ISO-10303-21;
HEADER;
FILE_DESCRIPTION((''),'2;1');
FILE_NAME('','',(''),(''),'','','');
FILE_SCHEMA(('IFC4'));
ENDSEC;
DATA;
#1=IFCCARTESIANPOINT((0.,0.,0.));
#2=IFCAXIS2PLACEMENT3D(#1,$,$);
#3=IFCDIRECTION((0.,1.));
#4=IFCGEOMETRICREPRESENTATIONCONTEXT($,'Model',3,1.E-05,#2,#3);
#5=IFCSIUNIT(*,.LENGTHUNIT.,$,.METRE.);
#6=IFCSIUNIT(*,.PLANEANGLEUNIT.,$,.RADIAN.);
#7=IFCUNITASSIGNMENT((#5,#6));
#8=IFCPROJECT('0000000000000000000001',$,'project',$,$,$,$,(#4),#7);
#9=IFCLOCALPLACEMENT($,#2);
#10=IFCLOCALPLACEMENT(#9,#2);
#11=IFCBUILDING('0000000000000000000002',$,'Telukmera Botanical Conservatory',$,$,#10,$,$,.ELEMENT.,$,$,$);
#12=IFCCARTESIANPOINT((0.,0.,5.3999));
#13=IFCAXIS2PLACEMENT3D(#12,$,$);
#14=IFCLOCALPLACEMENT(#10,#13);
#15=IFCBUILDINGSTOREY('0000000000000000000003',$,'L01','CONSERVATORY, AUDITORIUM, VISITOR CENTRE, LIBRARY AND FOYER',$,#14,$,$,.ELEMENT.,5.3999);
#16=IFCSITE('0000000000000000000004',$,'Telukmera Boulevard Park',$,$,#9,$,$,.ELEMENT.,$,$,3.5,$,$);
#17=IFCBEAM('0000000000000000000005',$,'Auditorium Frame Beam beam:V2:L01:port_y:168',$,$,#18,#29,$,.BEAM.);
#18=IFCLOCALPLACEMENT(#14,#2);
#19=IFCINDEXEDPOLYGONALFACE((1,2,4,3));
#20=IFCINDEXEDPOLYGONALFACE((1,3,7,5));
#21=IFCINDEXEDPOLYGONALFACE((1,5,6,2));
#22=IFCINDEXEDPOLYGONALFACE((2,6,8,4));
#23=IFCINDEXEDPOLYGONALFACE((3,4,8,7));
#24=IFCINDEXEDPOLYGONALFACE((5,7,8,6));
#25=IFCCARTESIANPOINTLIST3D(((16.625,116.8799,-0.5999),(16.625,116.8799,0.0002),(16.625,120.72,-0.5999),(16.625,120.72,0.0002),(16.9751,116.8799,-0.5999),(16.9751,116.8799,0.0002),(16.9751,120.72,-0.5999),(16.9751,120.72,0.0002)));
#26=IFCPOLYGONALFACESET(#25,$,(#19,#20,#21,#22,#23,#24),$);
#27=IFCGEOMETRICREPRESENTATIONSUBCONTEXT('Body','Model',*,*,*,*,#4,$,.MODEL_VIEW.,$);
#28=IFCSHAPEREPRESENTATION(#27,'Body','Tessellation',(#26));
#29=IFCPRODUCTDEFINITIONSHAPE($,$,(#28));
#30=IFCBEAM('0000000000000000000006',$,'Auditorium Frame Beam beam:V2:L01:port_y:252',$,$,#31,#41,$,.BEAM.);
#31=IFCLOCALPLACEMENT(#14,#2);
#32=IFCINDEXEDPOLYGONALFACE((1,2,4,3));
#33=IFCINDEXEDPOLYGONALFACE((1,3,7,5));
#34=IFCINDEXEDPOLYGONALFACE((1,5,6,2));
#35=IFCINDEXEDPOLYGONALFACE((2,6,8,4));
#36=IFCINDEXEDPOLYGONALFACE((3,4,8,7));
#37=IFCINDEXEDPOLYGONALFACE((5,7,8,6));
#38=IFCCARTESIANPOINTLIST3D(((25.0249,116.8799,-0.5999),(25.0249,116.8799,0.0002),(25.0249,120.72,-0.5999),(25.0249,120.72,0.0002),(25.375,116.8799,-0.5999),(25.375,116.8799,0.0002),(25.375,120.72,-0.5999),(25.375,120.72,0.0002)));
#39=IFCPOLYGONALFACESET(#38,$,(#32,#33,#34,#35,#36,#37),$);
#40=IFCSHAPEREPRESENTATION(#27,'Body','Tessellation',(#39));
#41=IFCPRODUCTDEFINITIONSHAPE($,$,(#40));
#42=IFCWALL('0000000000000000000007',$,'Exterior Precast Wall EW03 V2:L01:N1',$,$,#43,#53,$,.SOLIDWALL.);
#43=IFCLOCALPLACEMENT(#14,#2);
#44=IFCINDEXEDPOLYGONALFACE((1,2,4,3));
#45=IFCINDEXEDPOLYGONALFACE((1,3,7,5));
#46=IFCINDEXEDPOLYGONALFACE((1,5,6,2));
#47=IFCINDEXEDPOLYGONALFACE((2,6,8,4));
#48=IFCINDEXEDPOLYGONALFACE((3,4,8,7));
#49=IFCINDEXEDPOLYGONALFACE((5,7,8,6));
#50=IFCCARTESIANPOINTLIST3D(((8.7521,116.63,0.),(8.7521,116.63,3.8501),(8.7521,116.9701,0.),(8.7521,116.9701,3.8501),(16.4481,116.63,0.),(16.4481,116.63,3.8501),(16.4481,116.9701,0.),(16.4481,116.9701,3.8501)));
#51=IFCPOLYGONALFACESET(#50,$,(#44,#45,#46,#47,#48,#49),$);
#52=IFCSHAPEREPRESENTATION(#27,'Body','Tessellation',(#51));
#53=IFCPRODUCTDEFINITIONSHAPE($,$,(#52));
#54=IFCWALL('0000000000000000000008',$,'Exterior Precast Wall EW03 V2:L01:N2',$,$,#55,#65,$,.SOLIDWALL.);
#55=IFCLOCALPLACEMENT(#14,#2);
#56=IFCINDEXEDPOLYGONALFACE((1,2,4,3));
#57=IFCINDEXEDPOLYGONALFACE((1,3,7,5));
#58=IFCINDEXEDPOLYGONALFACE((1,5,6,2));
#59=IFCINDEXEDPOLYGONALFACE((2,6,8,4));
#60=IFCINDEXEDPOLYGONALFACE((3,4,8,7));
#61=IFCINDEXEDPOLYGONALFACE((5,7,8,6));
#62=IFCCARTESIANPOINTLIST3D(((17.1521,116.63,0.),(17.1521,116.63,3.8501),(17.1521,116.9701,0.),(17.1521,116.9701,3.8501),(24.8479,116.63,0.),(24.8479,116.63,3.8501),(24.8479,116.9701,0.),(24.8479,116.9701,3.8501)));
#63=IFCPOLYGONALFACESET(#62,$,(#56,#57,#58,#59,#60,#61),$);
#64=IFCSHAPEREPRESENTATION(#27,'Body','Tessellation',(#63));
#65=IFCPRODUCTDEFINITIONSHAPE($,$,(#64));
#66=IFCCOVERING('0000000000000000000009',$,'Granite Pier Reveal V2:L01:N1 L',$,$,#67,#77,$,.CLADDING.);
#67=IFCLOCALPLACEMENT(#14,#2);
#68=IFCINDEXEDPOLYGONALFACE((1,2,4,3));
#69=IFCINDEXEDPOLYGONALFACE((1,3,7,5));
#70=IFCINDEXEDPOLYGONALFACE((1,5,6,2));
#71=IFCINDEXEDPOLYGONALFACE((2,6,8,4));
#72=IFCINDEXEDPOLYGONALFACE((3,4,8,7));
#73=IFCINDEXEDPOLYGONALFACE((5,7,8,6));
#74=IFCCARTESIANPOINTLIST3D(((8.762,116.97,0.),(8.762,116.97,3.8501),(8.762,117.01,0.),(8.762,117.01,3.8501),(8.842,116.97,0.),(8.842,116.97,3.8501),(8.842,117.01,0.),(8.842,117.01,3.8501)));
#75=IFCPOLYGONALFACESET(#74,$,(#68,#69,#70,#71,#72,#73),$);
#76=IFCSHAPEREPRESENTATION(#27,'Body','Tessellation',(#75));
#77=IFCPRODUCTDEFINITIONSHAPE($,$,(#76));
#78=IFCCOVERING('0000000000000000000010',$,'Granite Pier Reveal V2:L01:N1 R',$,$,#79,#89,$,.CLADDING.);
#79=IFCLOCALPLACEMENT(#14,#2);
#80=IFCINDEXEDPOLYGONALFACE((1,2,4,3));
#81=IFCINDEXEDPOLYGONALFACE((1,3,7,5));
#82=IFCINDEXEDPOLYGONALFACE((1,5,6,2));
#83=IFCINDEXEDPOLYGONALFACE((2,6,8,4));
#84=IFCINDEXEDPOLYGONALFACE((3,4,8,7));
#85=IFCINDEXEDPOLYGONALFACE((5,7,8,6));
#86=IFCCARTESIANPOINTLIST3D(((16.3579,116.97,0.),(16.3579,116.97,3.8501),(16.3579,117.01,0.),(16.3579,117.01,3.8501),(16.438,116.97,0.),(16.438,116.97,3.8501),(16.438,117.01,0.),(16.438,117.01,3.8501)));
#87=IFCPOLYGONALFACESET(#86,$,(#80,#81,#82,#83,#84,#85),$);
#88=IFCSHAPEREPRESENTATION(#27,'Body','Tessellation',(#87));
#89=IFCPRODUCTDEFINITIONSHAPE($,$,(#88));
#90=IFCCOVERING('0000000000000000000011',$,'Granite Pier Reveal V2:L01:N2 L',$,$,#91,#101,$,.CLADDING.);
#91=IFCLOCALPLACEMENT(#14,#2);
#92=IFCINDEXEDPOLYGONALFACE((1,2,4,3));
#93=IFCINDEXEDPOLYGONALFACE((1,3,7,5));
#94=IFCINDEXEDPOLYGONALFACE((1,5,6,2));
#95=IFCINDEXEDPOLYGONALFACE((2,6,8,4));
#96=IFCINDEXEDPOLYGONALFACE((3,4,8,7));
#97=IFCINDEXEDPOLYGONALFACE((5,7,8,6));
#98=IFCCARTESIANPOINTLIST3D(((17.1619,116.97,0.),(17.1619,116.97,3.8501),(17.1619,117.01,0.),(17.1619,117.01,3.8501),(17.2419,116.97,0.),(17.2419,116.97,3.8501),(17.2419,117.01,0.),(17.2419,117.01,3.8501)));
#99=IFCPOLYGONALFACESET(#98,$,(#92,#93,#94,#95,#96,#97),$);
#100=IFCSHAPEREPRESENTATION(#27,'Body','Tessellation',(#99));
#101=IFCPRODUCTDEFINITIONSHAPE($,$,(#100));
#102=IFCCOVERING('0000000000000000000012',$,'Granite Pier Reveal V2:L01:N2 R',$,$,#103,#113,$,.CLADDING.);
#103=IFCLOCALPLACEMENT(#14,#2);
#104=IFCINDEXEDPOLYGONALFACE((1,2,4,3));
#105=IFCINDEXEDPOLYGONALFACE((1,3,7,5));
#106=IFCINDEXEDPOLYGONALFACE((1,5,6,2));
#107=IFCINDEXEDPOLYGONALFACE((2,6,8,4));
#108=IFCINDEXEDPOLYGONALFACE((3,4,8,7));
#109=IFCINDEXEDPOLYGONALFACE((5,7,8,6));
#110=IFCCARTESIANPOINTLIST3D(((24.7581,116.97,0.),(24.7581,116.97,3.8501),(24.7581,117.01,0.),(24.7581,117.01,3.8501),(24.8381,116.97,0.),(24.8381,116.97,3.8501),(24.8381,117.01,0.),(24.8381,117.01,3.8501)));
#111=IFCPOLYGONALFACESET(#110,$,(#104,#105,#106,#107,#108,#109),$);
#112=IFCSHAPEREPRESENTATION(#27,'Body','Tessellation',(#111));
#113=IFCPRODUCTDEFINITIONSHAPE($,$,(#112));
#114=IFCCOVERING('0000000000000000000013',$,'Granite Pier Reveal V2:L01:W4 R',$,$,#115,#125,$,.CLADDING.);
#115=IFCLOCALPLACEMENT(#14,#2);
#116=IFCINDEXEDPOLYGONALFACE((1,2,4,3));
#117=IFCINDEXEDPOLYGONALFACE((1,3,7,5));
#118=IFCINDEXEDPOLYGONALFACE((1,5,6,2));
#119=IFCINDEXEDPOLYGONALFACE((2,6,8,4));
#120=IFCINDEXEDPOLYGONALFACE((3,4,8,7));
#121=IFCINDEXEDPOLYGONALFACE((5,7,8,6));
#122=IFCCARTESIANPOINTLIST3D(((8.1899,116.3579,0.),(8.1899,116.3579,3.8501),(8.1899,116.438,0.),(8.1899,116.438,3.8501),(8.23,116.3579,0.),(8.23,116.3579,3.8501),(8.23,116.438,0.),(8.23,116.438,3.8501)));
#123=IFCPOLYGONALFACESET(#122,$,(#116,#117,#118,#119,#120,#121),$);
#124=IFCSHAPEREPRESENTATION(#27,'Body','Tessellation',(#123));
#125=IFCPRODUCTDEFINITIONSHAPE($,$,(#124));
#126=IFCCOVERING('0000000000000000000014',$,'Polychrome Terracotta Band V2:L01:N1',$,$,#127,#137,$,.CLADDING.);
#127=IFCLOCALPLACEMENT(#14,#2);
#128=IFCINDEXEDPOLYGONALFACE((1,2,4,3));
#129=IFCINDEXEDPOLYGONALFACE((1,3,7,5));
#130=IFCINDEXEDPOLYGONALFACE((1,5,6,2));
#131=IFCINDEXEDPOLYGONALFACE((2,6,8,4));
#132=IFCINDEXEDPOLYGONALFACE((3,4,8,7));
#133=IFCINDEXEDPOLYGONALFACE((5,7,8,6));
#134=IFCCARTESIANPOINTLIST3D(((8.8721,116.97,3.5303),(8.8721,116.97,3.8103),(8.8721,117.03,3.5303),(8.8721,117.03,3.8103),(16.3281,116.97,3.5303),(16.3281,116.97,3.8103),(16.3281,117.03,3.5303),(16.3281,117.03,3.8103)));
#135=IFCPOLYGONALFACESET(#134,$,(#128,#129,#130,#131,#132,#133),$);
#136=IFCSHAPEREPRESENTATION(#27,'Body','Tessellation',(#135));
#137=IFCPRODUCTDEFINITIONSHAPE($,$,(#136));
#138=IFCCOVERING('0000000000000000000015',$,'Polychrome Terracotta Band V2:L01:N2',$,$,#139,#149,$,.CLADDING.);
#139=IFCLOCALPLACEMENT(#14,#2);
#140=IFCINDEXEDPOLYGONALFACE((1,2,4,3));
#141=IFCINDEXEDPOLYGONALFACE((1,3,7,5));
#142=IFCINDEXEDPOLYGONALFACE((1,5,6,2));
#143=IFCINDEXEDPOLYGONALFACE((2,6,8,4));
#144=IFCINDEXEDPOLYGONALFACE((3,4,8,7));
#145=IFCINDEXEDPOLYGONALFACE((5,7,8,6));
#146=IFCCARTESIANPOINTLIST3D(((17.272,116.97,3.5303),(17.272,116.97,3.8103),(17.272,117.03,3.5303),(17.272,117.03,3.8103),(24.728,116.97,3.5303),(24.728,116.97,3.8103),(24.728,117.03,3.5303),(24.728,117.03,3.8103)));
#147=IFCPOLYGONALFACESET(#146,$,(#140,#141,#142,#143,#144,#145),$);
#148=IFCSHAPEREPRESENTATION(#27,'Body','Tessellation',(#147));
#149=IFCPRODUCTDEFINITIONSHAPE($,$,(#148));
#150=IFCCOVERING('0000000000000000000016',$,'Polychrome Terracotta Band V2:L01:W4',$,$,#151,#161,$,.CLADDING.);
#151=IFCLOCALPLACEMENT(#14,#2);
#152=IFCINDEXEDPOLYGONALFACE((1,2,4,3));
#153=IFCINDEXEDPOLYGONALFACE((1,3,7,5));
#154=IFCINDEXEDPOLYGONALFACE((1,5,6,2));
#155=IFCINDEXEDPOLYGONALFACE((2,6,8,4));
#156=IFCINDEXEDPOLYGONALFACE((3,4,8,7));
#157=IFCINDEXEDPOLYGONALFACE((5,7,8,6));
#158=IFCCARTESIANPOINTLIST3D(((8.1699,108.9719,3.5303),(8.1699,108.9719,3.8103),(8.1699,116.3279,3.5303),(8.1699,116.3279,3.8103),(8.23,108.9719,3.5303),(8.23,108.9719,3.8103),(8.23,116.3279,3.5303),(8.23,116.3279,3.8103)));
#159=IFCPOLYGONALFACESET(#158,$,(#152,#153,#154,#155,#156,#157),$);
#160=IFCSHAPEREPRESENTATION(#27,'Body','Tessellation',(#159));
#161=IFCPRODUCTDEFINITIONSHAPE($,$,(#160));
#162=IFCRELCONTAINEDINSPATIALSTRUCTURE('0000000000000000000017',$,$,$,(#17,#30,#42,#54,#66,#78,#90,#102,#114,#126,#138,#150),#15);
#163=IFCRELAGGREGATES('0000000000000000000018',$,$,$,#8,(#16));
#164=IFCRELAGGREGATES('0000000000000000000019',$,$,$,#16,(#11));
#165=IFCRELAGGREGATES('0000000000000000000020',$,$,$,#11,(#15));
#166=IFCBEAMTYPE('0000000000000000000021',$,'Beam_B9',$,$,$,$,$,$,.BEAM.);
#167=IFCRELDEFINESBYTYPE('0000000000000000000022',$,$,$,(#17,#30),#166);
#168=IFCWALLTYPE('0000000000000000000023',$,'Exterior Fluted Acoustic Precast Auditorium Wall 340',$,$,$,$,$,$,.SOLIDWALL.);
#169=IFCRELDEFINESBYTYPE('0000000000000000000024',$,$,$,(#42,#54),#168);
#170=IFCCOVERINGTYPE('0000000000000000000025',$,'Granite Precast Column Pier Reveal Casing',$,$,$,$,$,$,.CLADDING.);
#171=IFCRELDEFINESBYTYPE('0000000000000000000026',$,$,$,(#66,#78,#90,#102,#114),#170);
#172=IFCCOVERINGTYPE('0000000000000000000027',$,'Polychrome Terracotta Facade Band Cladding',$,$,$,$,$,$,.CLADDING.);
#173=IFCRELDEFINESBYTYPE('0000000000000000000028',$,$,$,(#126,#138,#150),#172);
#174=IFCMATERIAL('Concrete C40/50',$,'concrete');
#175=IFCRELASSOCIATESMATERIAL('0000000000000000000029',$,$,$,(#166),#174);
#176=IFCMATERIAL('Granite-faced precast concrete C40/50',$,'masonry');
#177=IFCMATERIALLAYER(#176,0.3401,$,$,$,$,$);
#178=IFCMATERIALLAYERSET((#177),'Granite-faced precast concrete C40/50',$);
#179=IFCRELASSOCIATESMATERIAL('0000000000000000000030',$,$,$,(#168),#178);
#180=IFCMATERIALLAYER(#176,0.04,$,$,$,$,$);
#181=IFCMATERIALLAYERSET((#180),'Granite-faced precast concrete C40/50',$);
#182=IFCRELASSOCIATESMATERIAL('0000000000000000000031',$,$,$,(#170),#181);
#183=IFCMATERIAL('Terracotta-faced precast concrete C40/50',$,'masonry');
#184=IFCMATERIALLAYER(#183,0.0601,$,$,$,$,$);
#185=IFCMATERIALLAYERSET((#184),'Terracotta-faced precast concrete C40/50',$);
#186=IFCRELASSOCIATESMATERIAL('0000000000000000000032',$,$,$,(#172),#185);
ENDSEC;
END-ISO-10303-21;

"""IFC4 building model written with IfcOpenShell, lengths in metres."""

from ifc_helpers import new_model, si_unit, direction, frame, frame_2d, origin, origin_2d, place, context, subcontext, project, spatial, rectangle, extrude, material, layer, layer_set, material_profile, profile_set, type_object, element, save


model = new_model("IFC4")

# Units and contexts
model_context = context("Model", 3, precision=1e-05, world=origin(), true_north=direction((0.0, 1.0)))
body_context = subcontext(model_context, "Body", "Model", "MODEL_VIEW")
ifc_project = project(units=[si_unit("LENGTHUNIT", "METRE"), si_unit("PLANEANGLEUNIT", "RADIAN")], contexts=[model_context])

# Site, building, storey
site_placement = place(None, origin())
site = spatial("IfcSite", under=ifc_project, at=site_placement, Name="Telukmera Boulevard Park", CompositionType="ELEMENT", RefElevation=3.5)
building_placement = place(site_placement, origin())
building = spatial("IfcBuilding", under=site, at=building_placement, Name="Telukmera Botanical Conservatory", CompositionType="ELEMENT")
storey_placement = place(building_placement, frame((0.0, 0.0, 5.3999)))
storey = spatial("IfcBuildingStorey", under=building, at=storey_placement, Name="L01", Description="CONSERVATORY, AUDITORIUM, VISITOR CENTRE, LIBRARY AND FOYER", CompositionType="ELEMENT", Elevation=5.3999)

# Shared definitions
ifc_material_1 = material(Name="Concrete C40/50", Category="concrete")

# Beams
ifc_material_profile_1 = material_profile(ifc_material_1, rectangle(XDim=0.3501, YDim=0.6001, at=origin_2d()), Name="RC 350x600")
ifc_profile_set_1 = profile_set([ifc_material_profile_1], Name="Concrete C40/50")
beam_type_1 = type_object("IfcBeamType", Name="Beam_B9", PredefinedType="BEAM", material=ifc_profile_set_1)
for number, where, z_axis, x_axis, name in (
    (1, (16.8, 116.8799, -0.2998), (0.0, 1.0, 0.0), (-1.0, 0.0, 0.0), "Auditorium Frame Beam beam:V2:L01:port_y:168"),
    (2, (25.2, 116.8799, -0.2998), (0.0, 1.0, 0.0), (-1.0, 0.0, 0.0), "Auditorium Frame Beam beam:V2:L01:port_y:252"),
):
    element("IfcBeam", number, at=place(storey_placement, frame(where, z_axis=z_axis, x_axis=x_axis)), inside=storey, type_object=beam_type_1, Name=name, PredefinedType="BEAM", context=body_context, shape_type="SweptSolid", body=[
        extrude(rectangle(XDim=0.3501, YDim=0.6001, at=origin_2d()), origin(), (0.0, 0.0, 1.0), 3.8401),
    ])

# Walls
ifc_material_2 = material(Name="Granite-faced precast concrete C40/50", Category="masonry")
ifc_layer_1 = layer(ifc_material_2, 0.3401)
ifc_layer_set_1 = layer_set([ifc_layer_1], Name="Granite-faced precast concrete C40/50")
wall_type = type_object("IfcWallType", Name="Exterior Fluted Acoustic Precast Auditorium Wall 340", PredefinedType="SOLIDWALL", material=ifc_layer_set_1)
wall_1_placement = place(storey_placement, frame((8.752, 116.8, 0.0), z_axis=(0.0, 0.0, 1.0), x_axis=(1.0, 0.0, 0.0)))
element("IfcWall", 3, at=wall_1_placement, inside=storey, type_object=wall_type, Name="Exterior Precast Wall EW03 V2:L01:N1", PredefinedType="SOLIDWALL", context=body_context, shape_type="SweptSolid", body=[
    extrude(rectangle(XDim=7.696, YDim=0.3401, at=frame_2d((3.8481, 0.0))), origin(), (0.0, 0.0, 1.0), 3.8501),
])
wall_2_placement = place(storey_placement, frame((17.1521, 116.8, 0.0), z_axis=(0.0, 0.0, 1.0), x_axis=(1.0, 0.0, 0.0)))
element("IfcWall", 4, at=wall_2_placement, inside=storey, type_object=wall_type, Name="Exterior Precast Wall EW03 V2:L01:N2", PredefinedType="SOLIDWALL", context=body_context, shape_type="SweptSolid", body=[
    extrude(rectangle(XDim=7.6958, YDim=0.3401, at=frame_2d((3.8479, 0.0))), origin(), (0.0, 0.0, 1.0), 3.8501),
])

# Coverings
ifc_layer_2 = layer(ifc_material_2, 0.04)
ifc_layer_set_2 = layer_set([ifc_layer_2], Name="Granite-faced precast concrete C40/50")
covering_type_1 = type_object("IfcCoveringType", Name="Granite Precast Column Pier Reveal Casing", PredefinedType="CLADDING", material=ifc_layer_set_2)
for number, where, z_axis, x_axis, name in (
    (5, (8.802, 116.99, 0.0), (0.0, 0.0, 1.0), (1.0, 0.0, 0.0), "Granite Pier Reveal V2:L01:N1 L"),
    (6, (16.3979, 116.99, 0.0), (0.0, 0.0, 1.0), (1.0, 0.0, 0.0), "Granite Pier Reveal V2:L01:N1 R"),
    (7, (17.2019, 116.99, 0.0), (0.0, 0.0, 1.0), (1.0, 0.0, 0.0), "Granite Pier Reveal V2:L01:N2 L"),
    (8, (24.7981, 116.99, 0.0), (0.0, 0.0, 1.0), (1.0, 0.0, 0.0), "Granite Pier Reveal V2:L01:N2 R"),
    (9, (8.21, 116.3979, 0.0), (0.0, 0.0, 1.0), (0.0, 1.0, 0.0), "Granite Pier Reveal V2:L01:W4 R"),
):
    element("IfcCovering", number, at=place(storey_placement, frame(where, z_axis=z_axis, x_axis=x_axis)), inside=storey, type_object=covering_type_1, Name=name, PredefinedType="CLADDING", context=body_context, shape_type="SweptSolid", body=[
        extrude(rectangle(XDim=0.0801, YDim=0.04, at=origin_2d()), origin(), (0.0, 0.0, 1.0), 3.8501),
    ])
ifc_material_3 = material(Name="Terracotta-faced precast concrete C40/50", Category="masonry")
ifc_layer_3 = layer(ifc_material_3, 0.0601)
ifc_layer_set_3 = layer_set([ifc_layer_3], Name="Terracotta-faced precast concrete C40/50")
covering_type_2 = type_object("IfcCoveringType", Name="Polychrome Terracotta Facade Band Cladding", PredefinedType="CLADDING", material=ifc_layer_set_3)
for number, where, z_axis, x_axis, name in (
    (10, (12.6001, 117.0, 3.5303), (0.0, 0.0, 1.0), (1.0, 0.0, 0.0), "Polychrome Terracotta Band V2:L01:N1"),
    (11, (21.0, 117.0, 3.5303), (0.0, 0.0, 1.0), (1.0, 0.0, 0.0), "Polychrome Terracotta Band V2:L01:N2"),
):
    element("IfcCovering", number, at=place(storey_placement, frame(where, z_axis=z_axis, x_axis=x_axis)), inside=storey, type_object=covering_type_2, Name=name, PredefinedType="CLADDING", context=body_context, shape_type="SweptSolid", body=[
        extrude(rectangle(XDim=7.4561, YDim=0.0601, at=origin_2d()), origin(), (0.0, 0.0, 1.0), 0.28),
    ])
covering_placement = place(storey_placement, frame((8.2, 112.6499, 3.5303), z_axis=(0.0, 0.0, 1.0), x_axis=(0.0, 1.0, 0.0)))
element("IfcCovering", 12, at=covering_placement, inside=storey, type_object=covering_type_2, Name="Polychrome Terracotta Band V2:L01:W4", PredefinedType="CLADDING", context=body_context, shape_type="SweptSolid", body=[
    extrude(rectangle(XDim=7.356, YDim=0.0601, at=origin_2d()), origin(), (0.0, 0.0, 1.0), 0.28),
])

save(model, "model.ifc")
